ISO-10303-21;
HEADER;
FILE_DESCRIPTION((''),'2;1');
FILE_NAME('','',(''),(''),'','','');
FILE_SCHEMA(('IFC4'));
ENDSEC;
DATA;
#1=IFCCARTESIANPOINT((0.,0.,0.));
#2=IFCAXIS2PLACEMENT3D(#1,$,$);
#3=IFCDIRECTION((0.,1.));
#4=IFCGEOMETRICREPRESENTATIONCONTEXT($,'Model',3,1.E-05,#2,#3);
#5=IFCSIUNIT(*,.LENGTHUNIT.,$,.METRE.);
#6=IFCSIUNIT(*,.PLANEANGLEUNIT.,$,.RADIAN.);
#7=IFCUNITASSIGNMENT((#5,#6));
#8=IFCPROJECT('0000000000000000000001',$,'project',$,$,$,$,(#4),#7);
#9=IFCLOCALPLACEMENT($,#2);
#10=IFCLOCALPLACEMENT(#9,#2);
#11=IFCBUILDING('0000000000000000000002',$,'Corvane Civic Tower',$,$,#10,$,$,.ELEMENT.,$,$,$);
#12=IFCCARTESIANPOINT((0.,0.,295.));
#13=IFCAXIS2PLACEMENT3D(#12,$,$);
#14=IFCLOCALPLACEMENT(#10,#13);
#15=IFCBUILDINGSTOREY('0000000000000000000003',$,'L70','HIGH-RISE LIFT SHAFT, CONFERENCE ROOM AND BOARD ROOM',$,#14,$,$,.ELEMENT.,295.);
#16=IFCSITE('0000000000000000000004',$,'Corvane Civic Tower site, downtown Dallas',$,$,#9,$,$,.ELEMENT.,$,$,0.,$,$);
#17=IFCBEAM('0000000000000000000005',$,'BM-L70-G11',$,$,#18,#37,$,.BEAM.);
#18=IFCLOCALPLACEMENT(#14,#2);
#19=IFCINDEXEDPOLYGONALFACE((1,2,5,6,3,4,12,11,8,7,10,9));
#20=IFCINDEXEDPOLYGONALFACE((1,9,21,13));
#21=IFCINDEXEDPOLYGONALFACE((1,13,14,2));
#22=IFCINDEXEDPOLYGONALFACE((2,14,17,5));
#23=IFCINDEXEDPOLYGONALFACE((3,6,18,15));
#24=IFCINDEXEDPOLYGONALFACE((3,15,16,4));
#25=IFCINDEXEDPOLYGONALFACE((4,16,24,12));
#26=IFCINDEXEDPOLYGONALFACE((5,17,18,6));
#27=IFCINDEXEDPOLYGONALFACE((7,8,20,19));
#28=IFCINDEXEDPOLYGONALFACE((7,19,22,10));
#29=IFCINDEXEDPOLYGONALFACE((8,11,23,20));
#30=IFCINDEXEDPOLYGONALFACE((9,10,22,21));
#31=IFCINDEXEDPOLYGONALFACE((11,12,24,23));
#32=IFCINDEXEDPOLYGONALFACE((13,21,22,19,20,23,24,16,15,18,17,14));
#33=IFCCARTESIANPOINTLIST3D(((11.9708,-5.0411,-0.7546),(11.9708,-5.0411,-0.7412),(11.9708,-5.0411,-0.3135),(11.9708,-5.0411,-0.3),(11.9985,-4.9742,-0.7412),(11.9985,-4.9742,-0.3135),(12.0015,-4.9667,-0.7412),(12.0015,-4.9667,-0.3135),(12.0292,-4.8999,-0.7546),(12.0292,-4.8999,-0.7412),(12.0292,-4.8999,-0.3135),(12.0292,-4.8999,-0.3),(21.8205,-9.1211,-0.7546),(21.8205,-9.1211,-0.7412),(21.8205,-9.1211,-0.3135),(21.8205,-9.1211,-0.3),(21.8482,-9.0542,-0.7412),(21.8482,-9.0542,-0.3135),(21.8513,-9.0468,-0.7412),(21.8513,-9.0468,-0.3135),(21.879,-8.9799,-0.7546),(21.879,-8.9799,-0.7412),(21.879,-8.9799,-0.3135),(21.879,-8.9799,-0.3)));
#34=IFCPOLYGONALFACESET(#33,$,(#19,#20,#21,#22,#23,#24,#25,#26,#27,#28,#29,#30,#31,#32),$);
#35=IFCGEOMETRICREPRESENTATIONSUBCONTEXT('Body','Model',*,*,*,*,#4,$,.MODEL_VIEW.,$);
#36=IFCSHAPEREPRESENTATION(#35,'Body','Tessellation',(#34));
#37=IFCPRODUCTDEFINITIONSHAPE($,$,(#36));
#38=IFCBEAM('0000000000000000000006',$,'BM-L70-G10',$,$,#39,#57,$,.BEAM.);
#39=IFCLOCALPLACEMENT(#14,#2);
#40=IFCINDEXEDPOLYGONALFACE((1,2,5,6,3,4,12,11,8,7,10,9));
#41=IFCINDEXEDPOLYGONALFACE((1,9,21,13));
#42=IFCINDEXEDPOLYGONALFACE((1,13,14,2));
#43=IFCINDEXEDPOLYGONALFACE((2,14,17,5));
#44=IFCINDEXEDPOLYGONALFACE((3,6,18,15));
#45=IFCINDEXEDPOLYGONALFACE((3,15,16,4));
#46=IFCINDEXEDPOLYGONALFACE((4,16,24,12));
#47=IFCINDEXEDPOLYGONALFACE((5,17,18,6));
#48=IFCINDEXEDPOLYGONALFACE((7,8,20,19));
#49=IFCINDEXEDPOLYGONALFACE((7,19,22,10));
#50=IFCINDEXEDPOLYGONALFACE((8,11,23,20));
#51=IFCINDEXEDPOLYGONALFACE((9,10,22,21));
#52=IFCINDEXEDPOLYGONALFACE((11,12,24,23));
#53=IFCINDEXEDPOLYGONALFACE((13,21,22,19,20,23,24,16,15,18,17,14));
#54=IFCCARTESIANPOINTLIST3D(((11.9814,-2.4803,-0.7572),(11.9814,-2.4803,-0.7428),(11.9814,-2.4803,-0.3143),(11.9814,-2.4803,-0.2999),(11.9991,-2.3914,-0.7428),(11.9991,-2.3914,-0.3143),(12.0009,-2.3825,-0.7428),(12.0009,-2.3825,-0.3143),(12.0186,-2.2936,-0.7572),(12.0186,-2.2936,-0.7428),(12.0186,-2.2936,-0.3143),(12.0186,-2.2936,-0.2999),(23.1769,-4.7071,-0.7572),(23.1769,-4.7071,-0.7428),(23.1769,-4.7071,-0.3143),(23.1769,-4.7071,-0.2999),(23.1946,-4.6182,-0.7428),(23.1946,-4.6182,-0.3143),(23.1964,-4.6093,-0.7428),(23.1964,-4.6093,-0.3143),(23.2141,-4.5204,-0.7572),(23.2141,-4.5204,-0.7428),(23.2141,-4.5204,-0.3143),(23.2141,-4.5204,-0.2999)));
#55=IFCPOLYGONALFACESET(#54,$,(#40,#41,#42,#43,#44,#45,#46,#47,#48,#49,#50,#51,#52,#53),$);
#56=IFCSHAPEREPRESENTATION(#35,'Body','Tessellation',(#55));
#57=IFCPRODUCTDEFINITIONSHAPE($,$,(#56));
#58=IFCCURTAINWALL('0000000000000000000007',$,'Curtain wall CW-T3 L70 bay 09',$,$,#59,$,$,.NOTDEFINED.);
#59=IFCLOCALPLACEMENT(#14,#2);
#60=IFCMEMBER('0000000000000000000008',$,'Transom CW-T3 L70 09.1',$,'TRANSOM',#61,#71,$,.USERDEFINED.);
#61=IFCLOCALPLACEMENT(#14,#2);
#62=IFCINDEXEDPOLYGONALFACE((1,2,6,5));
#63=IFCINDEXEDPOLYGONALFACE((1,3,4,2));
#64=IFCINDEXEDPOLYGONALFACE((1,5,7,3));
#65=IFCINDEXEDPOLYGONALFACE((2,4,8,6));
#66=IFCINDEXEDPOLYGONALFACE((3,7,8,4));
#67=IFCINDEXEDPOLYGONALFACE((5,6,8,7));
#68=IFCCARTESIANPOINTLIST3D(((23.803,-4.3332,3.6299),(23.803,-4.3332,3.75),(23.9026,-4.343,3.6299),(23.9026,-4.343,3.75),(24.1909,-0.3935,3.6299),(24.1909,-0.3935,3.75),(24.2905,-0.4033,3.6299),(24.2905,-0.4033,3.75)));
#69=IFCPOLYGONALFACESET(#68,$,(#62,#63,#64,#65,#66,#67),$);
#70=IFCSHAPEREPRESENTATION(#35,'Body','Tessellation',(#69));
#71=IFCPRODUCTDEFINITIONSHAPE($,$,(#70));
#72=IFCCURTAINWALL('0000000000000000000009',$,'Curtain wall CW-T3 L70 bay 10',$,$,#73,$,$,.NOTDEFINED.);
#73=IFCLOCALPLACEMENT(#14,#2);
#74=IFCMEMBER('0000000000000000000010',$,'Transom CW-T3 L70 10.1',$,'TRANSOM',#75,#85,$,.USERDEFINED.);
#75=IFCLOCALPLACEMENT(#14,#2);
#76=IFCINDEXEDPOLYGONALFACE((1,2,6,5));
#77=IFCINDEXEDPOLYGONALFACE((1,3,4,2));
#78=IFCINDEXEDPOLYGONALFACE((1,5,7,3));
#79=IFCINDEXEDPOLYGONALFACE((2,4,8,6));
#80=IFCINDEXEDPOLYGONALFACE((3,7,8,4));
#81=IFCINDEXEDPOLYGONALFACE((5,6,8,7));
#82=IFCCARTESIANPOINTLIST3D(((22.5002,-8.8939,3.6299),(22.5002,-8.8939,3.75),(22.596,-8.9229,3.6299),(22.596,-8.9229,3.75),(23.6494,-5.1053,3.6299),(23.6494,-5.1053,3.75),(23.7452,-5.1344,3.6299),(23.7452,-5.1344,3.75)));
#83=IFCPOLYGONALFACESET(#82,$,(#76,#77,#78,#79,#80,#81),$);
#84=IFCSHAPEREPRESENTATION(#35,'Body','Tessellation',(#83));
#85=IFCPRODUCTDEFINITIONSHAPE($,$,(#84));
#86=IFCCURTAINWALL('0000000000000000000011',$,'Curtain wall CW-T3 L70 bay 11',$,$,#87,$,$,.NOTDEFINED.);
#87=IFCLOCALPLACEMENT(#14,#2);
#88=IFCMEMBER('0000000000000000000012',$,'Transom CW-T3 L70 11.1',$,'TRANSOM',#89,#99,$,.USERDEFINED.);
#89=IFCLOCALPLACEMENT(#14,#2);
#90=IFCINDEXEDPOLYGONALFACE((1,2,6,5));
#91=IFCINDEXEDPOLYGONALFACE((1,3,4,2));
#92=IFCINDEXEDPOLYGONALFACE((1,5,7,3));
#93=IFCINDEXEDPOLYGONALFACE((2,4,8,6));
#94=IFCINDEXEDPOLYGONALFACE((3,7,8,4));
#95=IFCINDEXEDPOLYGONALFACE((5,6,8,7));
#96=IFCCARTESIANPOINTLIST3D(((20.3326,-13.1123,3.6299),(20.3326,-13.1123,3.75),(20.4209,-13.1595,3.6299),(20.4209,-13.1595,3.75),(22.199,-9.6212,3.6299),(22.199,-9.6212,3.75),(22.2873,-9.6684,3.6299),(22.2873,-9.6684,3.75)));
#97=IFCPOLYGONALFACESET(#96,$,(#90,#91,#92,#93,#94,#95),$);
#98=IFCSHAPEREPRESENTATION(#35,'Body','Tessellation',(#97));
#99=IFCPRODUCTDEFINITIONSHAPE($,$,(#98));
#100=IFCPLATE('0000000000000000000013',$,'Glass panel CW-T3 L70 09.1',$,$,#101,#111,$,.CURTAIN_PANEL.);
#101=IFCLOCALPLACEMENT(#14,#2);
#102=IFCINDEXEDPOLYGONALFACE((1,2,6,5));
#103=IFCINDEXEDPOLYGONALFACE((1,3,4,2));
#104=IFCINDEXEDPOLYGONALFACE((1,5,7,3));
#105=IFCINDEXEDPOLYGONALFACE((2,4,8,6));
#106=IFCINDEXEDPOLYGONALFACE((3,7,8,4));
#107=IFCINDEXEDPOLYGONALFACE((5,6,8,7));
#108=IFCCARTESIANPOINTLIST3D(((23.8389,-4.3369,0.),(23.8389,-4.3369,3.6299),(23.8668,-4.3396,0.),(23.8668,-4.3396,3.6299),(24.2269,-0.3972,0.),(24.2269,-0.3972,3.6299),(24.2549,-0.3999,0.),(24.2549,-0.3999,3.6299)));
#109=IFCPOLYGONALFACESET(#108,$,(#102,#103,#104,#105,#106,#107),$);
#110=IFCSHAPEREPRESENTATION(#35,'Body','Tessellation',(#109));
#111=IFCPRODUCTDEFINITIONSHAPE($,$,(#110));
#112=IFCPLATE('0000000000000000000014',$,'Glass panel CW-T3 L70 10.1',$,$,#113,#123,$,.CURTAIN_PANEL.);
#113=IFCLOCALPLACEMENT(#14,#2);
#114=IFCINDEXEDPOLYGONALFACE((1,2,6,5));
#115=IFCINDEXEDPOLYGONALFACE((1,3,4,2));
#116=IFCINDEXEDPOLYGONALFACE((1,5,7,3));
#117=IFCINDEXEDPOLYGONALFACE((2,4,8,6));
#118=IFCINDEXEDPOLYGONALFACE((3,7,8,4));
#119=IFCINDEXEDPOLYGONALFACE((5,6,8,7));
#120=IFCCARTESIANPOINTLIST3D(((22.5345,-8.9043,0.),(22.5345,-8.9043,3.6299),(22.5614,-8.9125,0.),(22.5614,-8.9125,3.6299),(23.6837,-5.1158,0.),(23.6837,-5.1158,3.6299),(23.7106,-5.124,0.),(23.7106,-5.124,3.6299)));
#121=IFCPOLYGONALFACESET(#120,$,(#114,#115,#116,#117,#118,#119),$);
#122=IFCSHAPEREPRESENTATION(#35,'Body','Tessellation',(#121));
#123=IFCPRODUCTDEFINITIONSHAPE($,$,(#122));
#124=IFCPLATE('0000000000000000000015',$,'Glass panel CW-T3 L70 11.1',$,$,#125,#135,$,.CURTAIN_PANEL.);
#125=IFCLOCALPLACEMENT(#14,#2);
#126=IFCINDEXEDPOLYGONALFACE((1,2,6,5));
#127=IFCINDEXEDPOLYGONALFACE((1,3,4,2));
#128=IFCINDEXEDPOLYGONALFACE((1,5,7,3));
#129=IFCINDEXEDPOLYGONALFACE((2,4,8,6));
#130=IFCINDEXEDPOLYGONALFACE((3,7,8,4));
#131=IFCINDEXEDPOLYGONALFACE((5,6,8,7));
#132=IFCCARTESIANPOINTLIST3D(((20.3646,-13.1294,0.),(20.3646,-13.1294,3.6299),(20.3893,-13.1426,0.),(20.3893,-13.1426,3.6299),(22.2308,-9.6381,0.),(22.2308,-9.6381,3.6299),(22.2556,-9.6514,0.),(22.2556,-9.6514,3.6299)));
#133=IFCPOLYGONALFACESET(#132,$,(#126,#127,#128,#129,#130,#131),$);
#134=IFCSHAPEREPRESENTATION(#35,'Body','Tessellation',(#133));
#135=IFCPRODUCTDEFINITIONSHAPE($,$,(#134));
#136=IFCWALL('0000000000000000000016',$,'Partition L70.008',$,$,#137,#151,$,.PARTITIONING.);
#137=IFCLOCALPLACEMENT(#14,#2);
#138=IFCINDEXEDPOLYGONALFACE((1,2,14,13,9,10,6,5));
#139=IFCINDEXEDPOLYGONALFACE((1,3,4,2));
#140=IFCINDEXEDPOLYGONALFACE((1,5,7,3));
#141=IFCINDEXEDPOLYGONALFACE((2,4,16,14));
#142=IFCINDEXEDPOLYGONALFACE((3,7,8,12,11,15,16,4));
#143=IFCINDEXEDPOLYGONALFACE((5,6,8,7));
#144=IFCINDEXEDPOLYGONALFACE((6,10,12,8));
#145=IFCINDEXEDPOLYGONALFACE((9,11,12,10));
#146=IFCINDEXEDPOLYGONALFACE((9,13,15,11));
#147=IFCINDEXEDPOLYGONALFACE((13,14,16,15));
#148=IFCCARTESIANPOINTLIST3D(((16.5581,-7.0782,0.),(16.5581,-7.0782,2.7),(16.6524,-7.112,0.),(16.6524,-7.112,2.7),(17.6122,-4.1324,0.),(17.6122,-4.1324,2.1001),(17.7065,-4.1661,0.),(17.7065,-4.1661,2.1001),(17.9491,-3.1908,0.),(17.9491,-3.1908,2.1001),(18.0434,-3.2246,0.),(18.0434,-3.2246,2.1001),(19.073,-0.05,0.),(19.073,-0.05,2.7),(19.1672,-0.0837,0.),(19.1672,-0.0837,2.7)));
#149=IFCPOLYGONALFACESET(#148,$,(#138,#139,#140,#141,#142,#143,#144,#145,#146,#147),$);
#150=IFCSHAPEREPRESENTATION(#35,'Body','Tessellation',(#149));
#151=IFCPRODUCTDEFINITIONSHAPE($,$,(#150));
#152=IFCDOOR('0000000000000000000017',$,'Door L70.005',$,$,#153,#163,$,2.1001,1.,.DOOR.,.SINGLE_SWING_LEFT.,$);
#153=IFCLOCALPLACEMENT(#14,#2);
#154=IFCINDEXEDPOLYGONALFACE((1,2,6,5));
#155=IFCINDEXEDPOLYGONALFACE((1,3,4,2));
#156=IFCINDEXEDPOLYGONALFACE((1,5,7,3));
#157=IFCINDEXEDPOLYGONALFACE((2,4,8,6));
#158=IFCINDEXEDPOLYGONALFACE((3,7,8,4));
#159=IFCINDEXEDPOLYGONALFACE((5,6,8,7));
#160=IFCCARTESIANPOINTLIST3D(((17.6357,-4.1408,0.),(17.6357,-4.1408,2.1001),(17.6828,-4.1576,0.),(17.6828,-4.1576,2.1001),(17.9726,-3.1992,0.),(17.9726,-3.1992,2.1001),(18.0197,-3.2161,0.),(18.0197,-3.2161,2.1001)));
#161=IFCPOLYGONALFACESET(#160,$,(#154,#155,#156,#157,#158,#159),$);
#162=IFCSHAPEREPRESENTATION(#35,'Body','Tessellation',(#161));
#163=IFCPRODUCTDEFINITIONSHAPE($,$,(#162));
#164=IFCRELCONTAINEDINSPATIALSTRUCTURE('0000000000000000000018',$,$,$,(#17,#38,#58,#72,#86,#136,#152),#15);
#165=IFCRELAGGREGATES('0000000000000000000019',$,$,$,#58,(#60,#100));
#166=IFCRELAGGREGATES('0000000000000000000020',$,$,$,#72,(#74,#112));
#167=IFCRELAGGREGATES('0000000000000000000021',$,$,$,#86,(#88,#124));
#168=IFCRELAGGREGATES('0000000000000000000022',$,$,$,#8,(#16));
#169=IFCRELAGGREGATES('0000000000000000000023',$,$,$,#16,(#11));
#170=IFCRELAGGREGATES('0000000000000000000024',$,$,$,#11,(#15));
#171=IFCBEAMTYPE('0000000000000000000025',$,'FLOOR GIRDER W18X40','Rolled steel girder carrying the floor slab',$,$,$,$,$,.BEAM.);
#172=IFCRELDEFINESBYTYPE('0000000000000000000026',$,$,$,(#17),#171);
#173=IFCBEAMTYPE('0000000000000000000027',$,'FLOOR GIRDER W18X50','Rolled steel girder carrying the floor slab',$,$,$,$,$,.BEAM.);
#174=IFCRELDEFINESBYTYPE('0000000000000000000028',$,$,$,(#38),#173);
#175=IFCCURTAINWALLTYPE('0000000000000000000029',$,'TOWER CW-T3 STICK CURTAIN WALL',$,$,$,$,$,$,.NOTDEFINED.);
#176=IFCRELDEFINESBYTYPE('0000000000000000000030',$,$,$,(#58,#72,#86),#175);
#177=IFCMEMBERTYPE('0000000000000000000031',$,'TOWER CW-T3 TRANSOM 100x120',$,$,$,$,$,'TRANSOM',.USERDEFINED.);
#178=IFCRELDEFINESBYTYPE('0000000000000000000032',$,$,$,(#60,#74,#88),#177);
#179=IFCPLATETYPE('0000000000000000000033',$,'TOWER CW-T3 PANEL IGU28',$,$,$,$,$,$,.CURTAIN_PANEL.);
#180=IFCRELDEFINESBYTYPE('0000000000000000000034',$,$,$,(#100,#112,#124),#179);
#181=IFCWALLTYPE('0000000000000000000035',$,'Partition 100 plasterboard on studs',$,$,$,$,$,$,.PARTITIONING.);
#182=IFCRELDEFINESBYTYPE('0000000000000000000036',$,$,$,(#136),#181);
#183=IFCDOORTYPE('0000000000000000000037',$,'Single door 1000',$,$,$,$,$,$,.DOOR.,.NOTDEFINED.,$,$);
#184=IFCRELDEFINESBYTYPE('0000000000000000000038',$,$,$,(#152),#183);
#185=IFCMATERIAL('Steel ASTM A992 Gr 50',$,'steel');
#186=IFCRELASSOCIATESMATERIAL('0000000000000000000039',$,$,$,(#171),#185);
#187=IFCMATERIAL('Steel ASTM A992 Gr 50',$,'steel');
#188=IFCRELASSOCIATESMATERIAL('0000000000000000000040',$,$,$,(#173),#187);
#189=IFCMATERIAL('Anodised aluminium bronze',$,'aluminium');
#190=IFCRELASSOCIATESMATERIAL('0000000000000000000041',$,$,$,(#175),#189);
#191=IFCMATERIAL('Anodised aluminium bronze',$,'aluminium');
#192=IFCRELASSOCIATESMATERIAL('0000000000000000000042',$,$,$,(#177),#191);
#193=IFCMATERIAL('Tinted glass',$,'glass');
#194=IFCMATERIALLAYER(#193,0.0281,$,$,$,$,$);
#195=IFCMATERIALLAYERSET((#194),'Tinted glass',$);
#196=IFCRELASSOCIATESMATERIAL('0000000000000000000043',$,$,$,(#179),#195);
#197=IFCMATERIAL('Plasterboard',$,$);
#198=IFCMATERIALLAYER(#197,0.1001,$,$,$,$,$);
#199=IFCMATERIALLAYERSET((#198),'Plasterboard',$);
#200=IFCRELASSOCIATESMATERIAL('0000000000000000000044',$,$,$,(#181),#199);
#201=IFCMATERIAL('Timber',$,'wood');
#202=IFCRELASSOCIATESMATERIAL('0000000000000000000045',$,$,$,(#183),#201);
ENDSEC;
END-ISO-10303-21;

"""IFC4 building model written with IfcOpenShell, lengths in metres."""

from ifc_helpers import new_model, si_unit, direction, frame, frame_2d, origin, origin_2d, place, context, subcontext, project, spatial, rectangle, i_section, extrude, material, layer, layer_set, material_profile, profile_set, type_object, element, fill, aggregate, save


model = new_model("IFC4")

# Units and contexts
model_context = context("Model", 3, precision=1e-05, world=origin(), true_north=direction((0.0, 1.0)))
body_context = subcontext(model_context, "Body", "Model", "MODEL_VIEW")
ifc_project = project(units=[si_unit("LENGTHUNIT", "METRE"), si_unit("PLANEANGLEUNIT", "RADIAN")], contexts=[model_context])

# Site, building, storey
site_placement = place(None, origin())
site = spatial("IfcSite", under=ifc_project, at=site_placement, Name="Corvane Civic Tower site, downtown Dallas", CompositionType="ELEMENT", RefElevation=0.0)
building_placement = place(site_placement, origin())
building = spatial("IfcBuilding", under=site, at=building_placement, Name="Corvane Civic Tower", CompositionType="ELEMENT")
storey_placement = place(building_placement, frame((0.0, 0.0, 295.0)))
storey = spatial("IfcBuildingStorey", under=building, at=storey_placement, Name="L70", Description="HIGH-RISE LIFT SHAFT, CONFERENCE ROOM AND BOARD ROOM", CompositionType="ELEMENT", Elevation=295.0)

# Beams
ifc_material_1 = material(Name="Steel ASTM A992 Gr 50", Category="steel")
ifc_material_profile_1 = material_profile(ifc_material_1, i_section(OverallWidth=0.1528, OverallDepth=0.4546, WebThickness=0.0081, FlangeThickness=0.0134, at=origin_2d()), Name="W18X40")
ifc_profile_set_1 = profile_set([ifc_material_profile_1], Name="Steel ASTM A992 Gr 50")
beam_type_1 = type_object("IfcBeamType", Name="FLOOR GIRDER W18X40", Description="Rolled steel girder carrying the floor slab", PredefinedType="BEAM", material=ifc_profile_set_1)
beam_1_placement = place(storey_placement, frame((12.0, -4.9705, -0.5273), z_axis=(0.923875, -0.382694, 0.0), x_axis=(0.382694, 0.923875, 0.0)))
element("IfcBeam", 1, at=beam_1_placement, inside=storey, type_object=beam_type_1, Name="BM-L70-G11", PredefinedType="BEAM", context=body_context, shape_type="SweptSolid", body=[
    extrude(i_section(OverallWidth=0.1528, OverallDepth=0.4546, WebThickness=0.0081, FlangeThickness=0.0134, at=origin_2d()), origin(), (0.0, 0.0, 1.0), 10.6614),
])
ifc_material_2 = material(Name="Steel ASTM A992 Gr 50", Category="steel")
ifc_material_profile_2 = material_profile(ifc_material_2, i_section(OverallWidth=0.1904, OverallDepth=0.4573, WebThickness=0.009, FlangeThickness=0.0144, at=origin_2d()), Name="W18X50")
ifc_profile_set_2 = profile_set([ifc_material_profile_2], Name="Steel ASTM A992 Gr 50")
beam_type_2 = type_object("IfcBeamType", Name="FLOOR GIRDER W18X50", Description="Rolled steel girder carrying the floor slab", PredefinedType="BEAM", material=ifc_profile_set_2)
beam_2_placement = place(storey_placement, frame((12.0, -2.387, -0.5286), z_axis=(0.980787, -0.19508, 0.0), x_axis=(0.19508, 0.980787, 0.0)))
element("IfcBeam", 2, at=beam_2_placement, inside=storey, type_object=beam_type_2, Name="BM-L70-G10", PredefinedType="BEAM", context=body_context, shape_type="SweptSolid", body=[
    extrude(i_section(OverallWidth=0.1904, OverallDepth=0.4573, WebThickness=0.009, FlangeThickness=0.0144, at=origin_2d()), origin(), (0.0, 0.0, 1.0), 11.4148),
])

# Curtain walls, members
ifc_material_3 = material(Name="Anodised aluminium bronze", Category="aluminium")
curtain_wall_type = type_object("IfcCurtainWallType", Name="TOWER CW-T3 STICK CURTAIN WALL", PredefinedType="NOTDEFINED", material=ifc_material_3)
curtain_wall_1_placement = place(storey_placement, origin())
curtain_wall_1 = element("IfcCurtainWall", 3, at=curtain_wall_1_placement, inside=storey, type_object=curtain_wall_type, Name="Curtain wall CW-T3 L70 bay 09", PredefinedType="NOTDEFINED")
ifc_material_4 = material(Name="Anodised aluminium bronze", Category="aluminium")
ifc_material_profile_3 = material_profile(ifc_material_4, rectangle(XDim=0.1001, YDim=0.1201, at=origin_2d()), Name="TOWER CW-T3 TRANSOM 100x120")
ifc_profile_set_3 = profile_set([ifc_material_profile_3], Name="Anodised aluminium bronze")
member_type = type_object("IfcMemberType", Name="TOWER CW-T3 TRANSOM 100x120", ElementType="TRANSOM", PredefinedType="USERDEFINED", material=ifc_profile_set_3)
member_1_placement = place(storey_placement, frame((24.2407, -0.3984, 3.6899), z_axis=(-0.097995, -0.995187, 0.0), x_axis=(0.995187, -0.097995, 0.0)))
member_1 = element("IfcMember", 4, at=member_1_placement, type_object=member_type, Name="Transom CW-T3 L70 09.1", ObjectType="TRANSOM", PredefinedType="USERDEFINED", context=body_context, shape_type="SweptSolid", body=[
    extrude(rectangle(XDim=0.1001, YDim=0.1201, at=origin_2d()), origin(), (0.0, 0.0, 1.0), 3.9587),
])
curtain_wall_2_placement = place(storey_placement, origin())
curtain_wall_2 = element("IfcCurtainWall", 5, at=curtain_wall_2_placement, inside=storey, type_object=curtain_wall_type, Name="Curtain wall CW-T3 L70 bay 10", PredefinedType="NOTDEFINED")
member_2_placement = place(storey_placement, frame((23.6973, -5.1199, 3.6899), z_axis=(-0.290266, -0.956946, 0.0), x_axis=(0.956946, -0.290266, 0.0)))
member_2 = element("IfcMember", 6, at=member_2_placement, type_object=member_type, Name="Transom CW-T3 L70 10.1", ObjectType="TRANSOM", PredefinedType="USERDEFINED", context=body_context, shape_type="SweptSolid", body=[
    extrude(rectangle(XDim=0.1001, YDim=0.1201, at=origin_2d()), origin(), (0.0, 0.0, 1.0), 3.959),
])
curtain_wall_3_placement = place(storey_placement, origin())
curtain_wall_3 = element("IfcCurtainWall", 7, at=curtain_wall_3_placement, inside=storey, type_object=curtain_wall_type, Name="Curtain wall CW-T3 L70 bay 11", PredefinedType="NOTDEFINED")
member_3_placement = place(storey_placement, frame((22.2432, -9.6448, 3.6899), z_axis=(-0.471468, -0.881883, 0.0), x_axis=(0.881883, -0.471468, 0.0)))
member_3 = element("IfcMember", 8, at=member_3_placement, type_object=member_type, Name="Transom CW-T3 L70 11.1", ObjectType="TRANSOM", PredefinedType="USERDEFINED", context=body_context, shape_type="SweptSolid", body=[
    extrude(rectangle(XDim=0.1001, YDim=0.1201, at=origin_2d()), origin(), (0.0, 0.0, 1.0), 3.9587),
])

# Plates
ifc_material_5 = material(Name="Tinted glass", Category="glass")
ifc_layer_1 = layer(ifc_material_5, 0.0281)
ifc_layer_set_1 = layer_set([ifc_layer_1], Name="Tinted glass")
plate_type = type_object("IfcPlateType", Name="TOWER CW-T3 PANEL IGU28", PredefinedType="CURTAIN_PANEL", material=ifc_layer_set_1)
plate_1_placement = place(storey_placement, frame((24.0469, -2.3684, 0.0), z_axis=(0.0, 0.0, 1.0), x_axis=(-0.098021, -0.995184, 0.0)))
plate_1 = element("IfcPlate", 9, at=plate_1_placement, type_object=plate_type, Name="Glass panel CW-T3 L70 09.1", PredefinedType="CURTAIN_PANEL", context=body_context, shape_type="SweptSolid", body=[
    extrude(rectangle(XDim=3.9587, YDim=0.0281, at=origin_2d()), origin(), (0.0, 0.0, 1.0), 3.6299),
])
aggregate(curtain_wall_1, [member_1, plate_1])
plate_2_placement = place(storey_placement, frame((23.1226, -7.0142, 0.0), z_axis=(0.0, 0.0, 1.0), x_axis=(-0.290274, -0.956944, 0.0)))
plate_2 = element("IfcPlate", 10, at=plate_2_placement, type_object=plate_type, Name="Glass panel CW-T3 L70 10.1", PredefinedType="CURTAIN_PANEL", context=body_context, shape_type="SweptSolid", body=[
    extrude(rectangle(XDim=3.959, YDim=0.0281, at=origin_2d()), origin(), (0.0, 0.0, 1.0), 3.6299),
])
aggregate(curtain_wall_2, [member_2, plate_2])
plate_3_placement = place(storey_placement, frame((21.3101, -11.3904, 0.0), z_axis=(0.0, 0.0, 1.0), x_axis=(-0.471421, -0.881908, 0.0)))
plate_3 = element("IfcPlate", 11, at=plate_3_placement, type_object=plate_type, Name="Glass panel CW-T3 L70 11.1", PredefinedType="CURTAIN_PANEL", context=body_context, shape_type="SweptSolid", body=[
    extrude(rectangle(XDim=3.9587, YDim=0.0281, at=origin_2d()), origin(), (0.0, 0.0, 1.0), 3.6299),
])
aggregate(curtain_wall_3, [member_3, plate_3])

# Wall, opening, door
ifc_material_6 = material(Name="Plasterboard")
ifc_layer_2 = layer(ifc_material_6, 0.1001)
ifc_layer_set_2 = layer_set([ifc_layer_2], Name="Plasterboard")
wall_type_1 = type_object("IfcWallType", Name="Partition 100 plasterboard on studs", PredefinedType="PARTITIONING", material=ifc_layer_set_2)
wall_1_placement = place(storey_placement, frame((16.6052, -7.0952, 0.0), z_axis=(0.0, 0.0, 1.0), x_axis=(0.336904, 0.941539, 0.0)))
wall_1 = element("IfcWall", 12, at=wall_1_placement, inside=storey, type_object=wall_type_1, Name="Partition L70.008", PredefinedType="PARTITIONING", context=body_context, shape_type="SweptSolid", body=[
    extrude(rectangle(XDim=7.4646, YDim=0.1001, at=frame_2d((3.7324, 0.0))), origin(), (0.0, 0.0, 1.0), 2.7),
])
opening_1_placement = place(wall_1_placement, frame((3.1289, 0.0, 0.0)))
opening_1 = element("IfcOpeningElement", 13, at=opening_1_placement, cuts=wall_1, PredefinedType="OPENING", context=body_context, shape_type="SweptSolid", body=[
    extrude(rectangle(XDim=1.0, YDim=2.1001, at=frame_2d((0.5, 1.05))), frame((0.0, 0.0601, 0.0), z_axis=(0.0, -1.0, 0.0), x_axis=(1.0, 0.0, 0.0)), (0.0, 0.0, 1.0), 0.1201),
])
ifc_material_7 = material(Name="Timber", Category="wood")
door_type_1 = type_object("IfcDoorType", Name="Single door 1000", OperationType="NOTDEFINED", PredefinedType="DOOR", material=ifc_material_7)
door_1_placement = place(opening_1_placement, frame((1.0, 0.0, 0.0), z_axis=(0.0, 0.0, 1.0), x_axis=(-1.0, 0.0, 0.0)))
door_1 = element("IfcDoor", 14, at=door_1_placement, inside=storey, type_object=door_type_1, Name="Door L70.005", OperationType="SINGLE_SWING_LEFT", OverallHeight=2.1001, OverallWidth=1.0, PredefinedType="DOOR", context=body_context, shape_type="SweptSolid", body=[
    extrude(rectangle(XDim=1.0, YDim=2.1001, at=frame_2d((0.5, 1.05))), frame((0.0, 0.0249, 0.0), z_axis=(0.0, -1.0, 0.0), x_axis=(1.0, 0.0, 0.0)), (0.0, 0.0, 1.0), 0.05),
])
fill(opening_1, door_1)

save(model, "model.ifc")
